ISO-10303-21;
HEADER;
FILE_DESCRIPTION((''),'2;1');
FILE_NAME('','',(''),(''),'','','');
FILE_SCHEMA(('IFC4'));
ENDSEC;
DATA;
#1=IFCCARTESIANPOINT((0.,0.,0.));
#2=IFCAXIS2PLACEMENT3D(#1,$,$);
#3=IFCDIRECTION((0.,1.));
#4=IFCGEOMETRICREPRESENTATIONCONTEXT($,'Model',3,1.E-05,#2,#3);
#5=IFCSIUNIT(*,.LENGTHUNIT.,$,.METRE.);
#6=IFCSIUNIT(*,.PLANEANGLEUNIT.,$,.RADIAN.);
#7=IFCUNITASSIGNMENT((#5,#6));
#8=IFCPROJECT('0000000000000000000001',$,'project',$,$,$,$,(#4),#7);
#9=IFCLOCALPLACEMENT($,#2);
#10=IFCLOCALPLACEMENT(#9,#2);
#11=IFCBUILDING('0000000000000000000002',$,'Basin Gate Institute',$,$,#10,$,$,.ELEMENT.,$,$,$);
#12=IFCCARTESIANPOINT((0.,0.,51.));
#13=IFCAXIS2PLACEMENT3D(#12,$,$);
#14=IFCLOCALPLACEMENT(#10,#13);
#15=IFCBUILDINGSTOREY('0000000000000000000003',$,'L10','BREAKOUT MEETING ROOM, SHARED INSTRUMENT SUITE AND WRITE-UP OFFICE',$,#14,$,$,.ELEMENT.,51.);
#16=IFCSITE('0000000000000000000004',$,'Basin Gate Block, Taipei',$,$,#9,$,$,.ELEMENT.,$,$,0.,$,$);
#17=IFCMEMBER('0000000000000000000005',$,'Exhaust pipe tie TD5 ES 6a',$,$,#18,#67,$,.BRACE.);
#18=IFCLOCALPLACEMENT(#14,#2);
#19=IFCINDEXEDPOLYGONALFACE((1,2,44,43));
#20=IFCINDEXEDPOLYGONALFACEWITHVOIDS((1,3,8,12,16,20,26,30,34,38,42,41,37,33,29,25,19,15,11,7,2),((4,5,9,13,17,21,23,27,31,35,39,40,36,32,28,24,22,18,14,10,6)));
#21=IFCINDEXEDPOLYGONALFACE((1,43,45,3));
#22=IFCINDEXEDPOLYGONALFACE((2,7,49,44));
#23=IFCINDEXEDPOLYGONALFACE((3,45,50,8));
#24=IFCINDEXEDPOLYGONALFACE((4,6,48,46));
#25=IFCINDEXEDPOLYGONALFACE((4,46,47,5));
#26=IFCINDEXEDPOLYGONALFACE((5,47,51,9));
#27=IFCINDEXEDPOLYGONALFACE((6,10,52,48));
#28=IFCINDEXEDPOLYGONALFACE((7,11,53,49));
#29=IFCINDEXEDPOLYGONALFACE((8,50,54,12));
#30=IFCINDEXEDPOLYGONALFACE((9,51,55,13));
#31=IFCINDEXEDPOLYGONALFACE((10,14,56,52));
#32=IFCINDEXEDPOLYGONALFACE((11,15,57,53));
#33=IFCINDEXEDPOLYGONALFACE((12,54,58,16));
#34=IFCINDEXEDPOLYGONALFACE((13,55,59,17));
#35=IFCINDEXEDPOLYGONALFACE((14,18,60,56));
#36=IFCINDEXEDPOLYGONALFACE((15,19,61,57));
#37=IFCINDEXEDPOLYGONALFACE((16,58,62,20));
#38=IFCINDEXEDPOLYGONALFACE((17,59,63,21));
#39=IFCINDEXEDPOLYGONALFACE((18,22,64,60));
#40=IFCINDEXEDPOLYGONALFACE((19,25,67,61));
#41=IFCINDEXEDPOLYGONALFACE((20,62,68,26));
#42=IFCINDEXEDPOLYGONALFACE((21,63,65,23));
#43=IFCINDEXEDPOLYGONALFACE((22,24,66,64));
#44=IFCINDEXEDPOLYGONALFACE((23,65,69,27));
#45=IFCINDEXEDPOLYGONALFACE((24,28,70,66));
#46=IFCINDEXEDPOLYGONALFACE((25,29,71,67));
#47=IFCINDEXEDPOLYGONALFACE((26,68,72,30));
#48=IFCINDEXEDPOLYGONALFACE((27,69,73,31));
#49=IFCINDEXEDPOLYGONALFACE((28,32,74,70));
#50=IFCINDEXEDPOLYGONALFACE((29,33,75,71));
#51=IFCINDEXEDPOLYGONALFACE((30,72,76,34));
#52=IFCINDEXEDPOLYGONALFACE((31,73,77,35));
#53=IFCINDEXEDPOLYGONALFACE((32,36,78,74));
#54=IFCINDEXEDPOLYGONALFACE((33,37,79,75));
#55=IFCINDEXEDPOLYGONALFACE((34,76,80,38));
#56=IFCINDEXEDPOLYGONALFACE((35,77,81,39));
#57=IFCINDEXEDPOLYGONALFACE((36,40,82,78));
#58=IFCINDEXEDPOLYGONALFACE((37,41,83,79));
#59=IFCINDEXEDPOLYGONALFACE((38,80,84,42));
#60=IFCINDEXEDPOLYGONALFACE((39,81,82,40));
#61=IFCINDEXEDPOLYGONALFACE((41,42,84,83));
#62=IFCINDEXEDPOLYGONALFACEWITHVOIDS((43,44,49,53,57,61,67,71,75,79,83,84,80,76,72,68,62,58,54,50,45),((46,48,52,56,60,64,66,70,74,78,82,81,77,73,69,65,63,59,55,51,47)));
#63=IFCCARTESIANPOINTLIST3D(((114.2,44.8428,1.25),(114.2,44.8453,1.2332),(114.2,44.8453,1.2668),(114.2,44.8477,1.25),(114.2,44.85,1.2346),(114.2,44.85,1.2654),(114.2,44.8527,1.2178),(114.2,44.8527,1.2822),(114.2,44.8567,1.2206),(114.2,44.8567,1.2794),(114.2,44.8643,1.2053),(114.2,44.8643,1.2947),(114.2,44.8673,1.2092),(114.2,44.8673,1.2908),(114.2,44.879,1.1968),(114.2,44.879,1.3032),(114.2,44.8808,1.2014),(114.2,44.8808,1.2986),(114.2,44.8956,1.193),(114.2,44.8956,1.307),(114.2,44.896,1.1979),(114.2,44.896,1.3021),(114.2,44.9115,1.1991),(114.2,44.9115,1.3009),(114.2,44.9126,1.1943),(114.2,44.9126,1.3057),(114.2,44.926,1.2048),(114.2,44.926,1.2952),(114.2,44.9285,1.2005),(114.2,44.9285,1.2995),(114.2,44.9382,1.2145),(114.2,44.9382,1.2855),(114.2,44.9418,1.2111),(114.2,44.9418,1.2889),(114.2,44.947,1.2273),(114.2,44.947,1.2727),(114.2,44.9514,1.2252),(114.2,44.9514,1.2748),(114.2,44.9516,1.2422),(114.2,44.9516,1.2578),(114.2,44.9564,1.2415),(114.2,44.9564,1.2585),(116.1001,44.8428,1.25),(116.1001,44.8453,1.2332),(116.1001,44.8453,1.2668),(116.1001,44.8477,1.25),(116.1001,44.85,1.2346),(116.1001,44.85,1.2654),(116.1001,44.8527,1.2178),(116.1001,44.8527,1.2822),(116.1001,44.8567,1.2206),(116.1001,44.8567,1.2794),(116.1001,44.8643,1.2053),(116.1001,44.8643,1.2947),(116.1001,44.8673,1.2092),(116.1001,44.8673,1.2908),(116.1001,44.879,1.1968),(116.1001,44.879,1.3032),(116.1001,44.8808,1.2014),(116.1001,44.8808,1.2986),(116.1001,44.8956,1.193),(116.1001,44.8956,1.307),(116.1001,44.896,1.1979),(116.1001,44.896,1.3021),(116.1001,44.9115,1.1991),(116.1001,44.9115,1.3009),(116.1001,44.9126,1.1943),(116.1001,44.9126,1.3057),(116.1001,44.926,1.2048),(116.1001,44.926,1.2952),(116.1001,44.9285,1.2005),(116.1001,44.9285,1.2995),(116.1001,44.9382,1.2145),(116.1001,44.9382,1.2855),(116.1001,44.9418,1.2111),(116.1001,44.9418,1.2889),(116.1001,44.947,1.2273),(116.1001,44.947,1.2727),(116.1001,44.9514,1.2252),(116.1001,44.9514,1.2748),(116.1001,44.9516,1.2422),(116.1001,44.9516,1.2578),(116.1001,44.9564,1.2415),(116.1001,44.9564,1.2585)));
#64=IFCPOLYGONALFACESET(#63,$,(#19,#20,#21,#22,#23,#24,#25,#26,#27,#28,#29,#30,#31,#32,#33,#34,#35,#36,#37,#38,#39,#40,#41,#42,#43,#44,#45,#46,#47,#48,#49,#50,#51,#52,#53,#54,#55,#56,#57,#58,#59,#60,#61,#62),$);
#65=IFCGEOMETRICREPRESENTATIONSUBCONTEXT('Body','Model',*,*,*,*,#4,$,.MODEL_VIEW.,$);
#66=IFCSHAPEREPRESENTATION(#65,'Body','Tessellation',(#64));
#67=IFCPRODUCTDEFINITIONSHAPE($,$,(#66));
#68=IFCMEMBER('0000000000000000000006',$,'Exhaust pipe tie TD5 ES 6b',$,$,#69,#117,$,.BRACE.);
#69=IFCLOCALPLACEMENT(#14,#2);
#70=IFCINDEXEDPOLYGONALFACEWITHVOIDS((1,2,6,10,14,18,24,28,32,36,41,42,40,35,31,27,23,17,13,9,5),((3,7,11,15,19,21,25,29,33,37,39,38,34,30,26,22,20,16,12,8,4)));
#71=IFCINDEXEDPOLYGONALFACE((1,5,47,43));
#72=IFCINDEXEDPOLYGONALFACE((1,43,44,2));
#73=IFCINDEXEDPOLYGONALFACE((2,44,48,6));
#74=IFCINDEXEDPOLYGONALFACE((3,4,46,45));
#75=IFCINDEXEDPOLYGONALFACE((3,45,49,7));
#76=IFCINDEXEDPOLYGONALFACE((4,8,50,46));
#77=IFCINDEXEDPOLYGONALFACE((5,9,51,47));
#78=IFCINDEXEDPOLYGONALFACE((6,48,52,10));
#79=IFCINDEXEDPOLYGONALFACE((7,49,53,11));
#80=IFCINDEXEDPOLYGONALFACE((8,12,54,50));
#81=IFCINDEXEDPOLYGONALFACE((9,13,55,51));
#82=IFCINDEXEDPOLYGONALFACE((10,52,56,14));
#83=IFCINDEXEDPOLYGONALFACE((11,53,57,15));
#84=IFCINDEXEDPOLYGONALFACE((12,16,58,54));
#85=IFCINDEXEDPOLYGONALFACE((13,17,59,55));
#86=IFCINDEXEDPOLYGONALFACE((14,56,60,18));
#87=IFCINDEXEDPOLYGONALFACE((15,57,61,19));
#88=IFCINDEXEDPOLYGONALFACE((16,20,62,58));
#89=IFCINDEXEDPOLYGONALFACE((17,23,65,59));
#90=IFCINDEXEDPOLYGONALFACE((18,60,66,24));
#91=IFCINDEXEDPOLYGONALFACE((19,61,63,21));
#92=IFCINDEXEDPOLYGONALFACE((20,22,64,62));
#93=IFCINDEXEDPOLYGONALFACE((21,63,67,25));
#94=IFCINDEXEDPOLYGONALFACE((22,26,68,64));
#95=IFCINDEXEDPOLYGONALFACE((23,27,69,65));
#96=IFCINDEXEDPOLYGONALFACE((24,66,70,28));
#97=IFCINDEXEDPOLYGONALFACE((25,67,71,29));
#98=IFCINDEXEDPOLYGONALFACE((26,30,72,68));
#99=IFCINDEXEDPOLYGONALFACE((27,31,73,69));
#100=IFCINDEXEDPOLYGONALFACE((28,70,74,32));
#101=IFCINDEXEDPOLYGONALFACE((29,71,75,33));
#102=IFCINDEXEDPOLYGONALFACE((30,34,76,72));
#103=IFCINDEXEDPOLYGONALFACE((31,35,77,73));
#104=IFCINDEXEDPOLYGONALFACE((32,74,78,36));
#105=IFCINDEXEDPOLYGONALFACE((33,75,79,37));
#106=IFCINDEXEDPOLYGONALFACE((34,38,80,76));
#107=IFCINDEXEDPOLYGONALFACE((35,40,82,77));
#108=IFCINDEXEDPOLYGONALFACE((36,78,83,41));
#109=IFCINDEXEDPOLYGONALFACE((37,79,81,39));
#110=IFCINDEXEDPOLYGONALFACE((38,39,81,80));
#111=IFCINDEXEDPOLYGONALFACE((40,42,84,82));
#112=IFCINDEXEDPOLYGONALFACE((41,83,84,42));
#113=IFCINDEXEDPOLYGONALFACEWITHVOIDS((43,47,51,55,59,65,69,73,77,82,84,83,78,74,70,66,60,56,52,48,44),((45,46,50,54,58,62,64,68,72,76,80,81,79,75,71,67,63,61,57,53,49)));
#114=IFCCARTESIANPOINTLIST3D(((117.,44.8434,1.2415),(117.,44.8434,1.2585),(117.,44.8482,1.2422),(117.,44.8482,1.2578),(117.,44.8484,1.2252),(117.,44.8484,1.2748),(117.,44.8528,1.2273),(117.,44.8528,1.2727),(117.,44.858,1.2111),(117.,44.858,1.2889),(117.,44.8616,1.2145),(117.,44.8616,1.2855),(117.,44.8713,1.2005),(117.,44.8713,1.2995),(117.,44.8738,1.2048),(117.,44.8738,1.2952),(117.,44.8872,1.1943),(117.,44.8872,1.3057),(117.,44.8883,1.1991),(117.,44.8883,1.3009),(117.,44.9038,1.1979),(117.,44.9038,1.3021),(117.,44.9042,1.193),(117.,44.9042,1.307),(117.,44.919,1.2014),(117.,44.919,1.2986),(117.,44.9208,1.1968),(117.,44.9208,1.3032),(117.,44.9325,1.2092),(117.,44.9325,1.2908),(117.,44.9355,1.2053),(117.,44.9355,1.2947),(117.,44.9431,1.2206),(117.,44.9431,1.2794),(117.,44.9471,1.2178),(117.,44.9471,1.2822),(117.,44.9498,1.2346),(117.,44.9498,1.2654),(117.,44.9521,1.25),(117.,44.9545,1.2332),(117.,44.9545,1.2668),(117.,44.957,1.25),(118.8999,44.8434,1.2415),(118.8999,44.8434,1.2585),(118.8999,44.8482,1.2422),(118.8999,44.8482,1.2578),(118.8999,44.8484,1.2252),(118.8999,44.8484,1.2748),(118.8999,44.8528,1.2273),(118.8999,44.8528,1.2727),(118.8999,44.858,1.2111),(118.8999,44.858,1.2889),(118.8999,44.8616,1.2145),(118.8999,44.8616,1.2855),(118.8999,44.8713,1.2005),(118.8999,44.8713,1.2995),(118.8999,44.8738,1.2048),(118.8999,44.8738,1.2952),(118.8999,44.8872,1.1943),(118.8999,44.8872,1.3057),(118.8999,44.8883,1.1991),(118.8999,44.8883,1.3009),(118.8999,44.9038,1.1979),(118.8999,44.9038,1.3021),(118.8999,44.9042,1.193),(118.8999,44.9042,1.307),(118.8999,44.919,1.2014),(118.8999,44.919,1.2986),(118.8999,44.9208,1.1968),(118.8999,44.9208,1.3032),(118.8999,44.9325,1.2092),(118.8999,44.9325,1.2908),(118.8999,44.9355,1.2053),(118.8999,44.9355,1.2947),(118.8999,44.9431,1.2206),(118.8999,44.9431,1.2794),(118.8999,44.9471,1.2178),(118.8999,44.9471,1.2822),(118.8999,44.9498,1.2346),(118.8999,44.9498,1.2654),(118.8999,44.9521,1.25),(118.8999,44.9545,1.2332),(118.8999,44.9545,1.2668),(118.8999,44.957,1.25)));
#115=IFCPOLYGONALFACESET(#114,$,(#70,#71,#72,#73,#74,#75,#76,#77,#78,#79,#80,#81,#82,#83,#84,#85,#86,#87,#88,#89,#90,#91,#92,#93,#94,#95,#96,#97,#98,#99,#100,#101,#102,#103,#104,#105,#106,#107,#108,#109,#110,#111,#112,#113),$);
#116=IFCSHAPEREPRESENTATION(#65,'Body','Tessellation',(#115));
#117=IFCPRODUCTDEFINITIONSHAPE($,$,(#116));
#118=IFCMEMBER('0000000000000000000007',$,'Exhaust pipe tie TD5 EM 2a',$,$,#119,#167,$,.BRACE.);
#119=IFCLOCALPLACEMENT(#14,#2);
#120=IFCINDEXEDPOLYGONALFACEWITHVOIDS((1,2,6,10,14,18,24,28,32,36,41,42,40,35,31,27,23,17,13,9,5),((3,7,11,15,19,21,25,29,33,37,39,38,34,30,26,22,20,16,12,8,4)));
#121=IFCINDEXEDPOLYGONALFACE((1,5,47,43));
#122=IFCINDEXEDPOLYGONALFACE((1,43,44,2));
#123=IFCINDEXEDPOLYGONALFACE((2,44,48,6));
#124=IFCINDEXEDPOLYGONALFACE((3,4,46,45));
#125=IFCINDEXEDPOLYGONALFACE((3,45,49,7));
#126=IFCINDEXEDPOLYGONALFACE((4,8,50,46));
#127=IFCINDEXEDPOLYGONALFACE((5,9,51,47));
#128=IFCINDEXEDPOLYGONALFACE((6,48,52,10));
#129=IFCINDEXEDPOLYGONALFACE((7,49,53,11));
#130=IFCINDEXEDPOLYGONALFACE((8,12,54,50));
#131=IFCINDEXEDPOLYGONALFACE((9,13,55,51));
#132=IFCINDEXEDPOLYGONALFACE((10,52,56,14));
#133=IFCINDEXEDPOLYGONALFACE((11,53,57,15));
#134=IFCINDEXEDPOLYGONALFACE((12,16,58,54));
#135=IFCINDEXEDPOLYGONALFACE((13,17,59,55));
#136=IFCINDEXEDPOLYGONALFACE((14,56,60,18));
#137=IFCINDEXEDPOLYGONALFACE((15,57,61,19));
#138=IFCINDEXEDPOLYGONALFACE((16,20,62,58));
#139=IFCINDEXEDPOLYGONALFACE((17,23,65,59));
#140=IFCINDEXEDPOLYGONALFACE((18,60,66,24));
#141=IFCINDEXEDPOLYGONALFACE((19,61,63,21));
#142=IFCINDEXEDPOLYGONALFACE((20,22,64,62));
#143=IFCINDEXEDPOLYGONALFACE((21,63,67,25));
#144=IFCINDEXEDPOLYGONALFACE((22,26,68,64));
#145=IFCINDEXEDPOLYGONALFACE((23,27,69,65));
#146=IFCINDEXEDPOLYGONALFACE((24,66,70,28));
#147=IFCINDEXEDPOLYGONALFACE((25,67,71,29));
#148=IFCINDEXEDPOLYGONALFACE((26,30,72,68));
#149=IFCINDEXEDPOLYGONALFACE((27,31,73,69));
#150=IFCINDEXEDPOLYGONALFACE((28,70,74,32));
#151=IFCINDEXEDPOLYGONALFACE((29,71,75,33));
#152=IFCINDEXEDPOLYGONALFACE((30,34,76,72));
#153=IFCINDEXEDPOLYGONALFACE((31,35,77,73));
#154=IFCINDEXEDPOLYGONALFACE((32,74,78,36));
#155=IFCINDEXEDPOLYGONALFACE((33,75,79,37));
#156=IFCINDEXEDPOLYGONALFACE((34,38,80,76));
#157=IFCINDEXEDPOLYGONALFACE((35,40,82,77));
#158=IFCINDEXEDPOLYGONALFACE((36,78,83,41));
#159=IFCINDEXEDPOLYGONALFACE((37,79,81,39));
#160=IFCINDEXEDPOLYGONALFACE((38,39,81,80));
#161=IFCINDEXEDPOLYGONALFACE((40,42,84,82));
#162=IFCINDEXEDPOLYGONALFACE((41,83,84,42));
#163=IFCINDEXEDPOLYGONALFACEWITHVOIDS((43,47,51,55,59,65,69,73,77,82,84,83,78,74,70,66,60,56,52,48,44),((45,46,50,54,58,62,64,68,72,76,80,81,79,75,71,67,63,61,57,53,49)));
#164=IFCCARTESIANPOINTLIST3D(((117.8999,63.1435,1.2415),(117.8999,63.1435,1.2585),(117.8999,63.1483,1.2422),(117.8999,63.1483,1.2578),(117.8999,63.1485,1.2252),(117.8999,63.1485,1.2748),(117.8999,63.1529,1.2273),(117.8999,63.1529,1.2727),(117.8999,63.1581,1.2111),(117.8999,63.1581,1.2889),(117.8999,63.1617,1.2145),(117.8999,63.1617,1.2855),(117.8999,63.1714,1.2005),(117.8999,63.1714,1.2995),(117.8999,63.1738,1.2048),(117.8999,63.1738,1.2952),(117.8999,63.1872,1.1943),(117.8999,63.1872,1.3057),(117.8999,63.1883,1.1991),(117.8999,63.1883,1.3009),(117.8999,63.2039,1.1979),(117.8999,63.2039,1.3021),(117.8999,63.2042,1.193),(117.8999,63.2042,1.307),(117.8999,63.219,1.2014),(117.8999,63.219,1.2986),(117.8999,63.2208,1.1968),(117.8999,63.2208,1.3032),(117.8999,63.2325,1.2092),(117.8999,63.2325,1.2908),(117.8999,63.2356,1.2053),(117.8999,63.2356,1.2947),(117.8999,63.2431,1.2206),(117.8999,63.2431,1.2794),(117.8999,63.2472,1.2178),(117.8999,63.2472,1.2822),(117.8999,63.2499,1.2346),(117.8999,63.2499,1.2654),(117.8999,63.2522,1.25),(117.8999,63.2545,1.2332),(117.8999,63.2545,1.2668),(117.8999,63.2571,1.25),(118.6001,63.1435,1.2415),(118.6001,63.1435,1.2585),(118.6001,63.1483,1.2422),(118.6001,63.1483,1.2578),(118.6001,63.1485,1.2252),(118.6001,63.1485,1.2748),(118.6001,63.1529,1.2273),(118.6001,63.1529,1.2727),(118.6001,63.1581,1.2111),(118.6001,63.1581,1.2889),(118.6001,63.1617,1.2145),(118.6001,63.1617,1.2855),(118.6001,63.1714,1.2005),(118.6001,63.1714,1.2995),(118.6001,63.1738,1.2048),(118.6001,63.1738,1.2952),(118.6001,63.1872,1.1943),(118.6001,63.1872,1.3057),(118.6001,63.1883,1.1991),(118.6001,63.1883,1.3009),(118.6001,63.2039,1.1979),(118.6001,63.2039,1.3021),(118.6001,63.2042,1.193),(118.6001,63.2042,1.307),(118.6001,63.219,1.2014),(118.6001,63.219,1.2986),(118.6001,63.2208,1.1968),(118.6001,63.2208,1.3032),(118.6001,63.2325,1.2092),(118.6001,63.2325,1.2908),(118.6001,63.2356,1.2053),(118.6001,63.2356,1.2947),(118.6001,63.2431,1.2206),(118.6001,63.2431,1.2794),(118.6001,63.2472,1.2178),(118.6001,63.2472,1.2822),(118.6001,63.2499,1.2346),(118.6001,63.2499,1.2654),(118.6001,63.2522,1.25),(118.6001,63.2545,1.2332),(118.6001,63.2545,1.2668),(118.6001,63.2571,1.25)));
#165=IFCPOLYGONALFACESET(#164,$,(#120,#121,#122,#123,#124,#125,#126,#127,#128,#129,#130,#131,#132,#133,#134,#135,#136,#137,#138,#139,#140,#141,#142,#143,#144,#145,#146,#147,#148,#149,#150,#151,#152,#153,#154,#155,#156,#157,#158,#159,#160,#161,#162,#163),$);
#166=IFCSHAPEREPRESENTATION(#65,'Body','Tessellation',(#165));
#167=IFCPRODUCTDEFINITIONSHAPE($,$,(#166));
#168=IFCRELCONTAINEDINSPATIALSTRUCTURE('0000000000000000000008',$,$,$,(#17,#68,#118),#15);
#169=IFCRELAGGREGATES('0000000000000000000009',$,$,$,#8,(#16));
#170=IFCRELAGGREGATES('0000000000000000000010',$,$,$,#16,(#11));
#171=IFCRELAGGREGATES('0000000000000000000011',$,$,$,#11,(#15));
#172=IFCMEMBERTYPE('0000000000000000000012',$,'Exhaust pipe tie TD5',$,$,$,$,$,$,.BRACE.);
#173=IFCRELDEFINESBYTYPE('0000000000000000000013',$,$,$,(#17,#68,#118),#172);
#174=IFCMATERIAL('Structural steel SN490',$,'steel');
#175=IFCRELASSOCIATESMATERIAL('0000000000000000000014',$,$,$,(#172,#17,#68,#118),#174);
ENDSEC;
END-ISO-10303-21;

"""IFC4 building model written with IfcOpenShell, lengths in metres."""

from ifc_helpers import new_model, si_unit, direction, frame, origin, origin_2d, place, context, subcontext, project, spatial, hollow_circle, extrude, material, material_profile, profile_set, type_object, element, save


model = new_model("IFC4")

# Units and contexts
model_context = context("Model", 3, precision=1e-05, world=origin(), true_north=direction((0.0, 1.0)))
body_context = subcontext(model_context, "Body", "Model", "MODEL_VIEW")
ifc_project = project(units=[si_unit("LENGTHUNIT", "METRE"), si_unit("PLANEANGLEUNIT", "RADIAN")], contexts=[model_context])

# Site, building, storey
site_placement = place(None, origin())
site = spatial("IfcSite", under=ifc_project, at=site_placement, Name="Basin Gate Block, Taipei", CompositionType="ELEMENT", RefElevation=0.0)
building_placement = place(site_placement, origin())
building = spatial("IfcBuilding", under=site, at=building_placement, Name="Basin Gate Institute", CompositionType="ELEMENT")
storey_placement = place(building_placement, frame((0.0, 0.0, 51.0)))
storey = spatial("IfcBuildingStorey", under=building, at=storey_placement, Name="L10", Description="BREAKOUT MEETING ROOM, SHARED INSTRUMENT SUITE AND WRITE-UP OFFICE", CompositionType="ELEMENT", Elevation=51.0)

# Members
ifc_material_1 = material(Name="Structural steel SN490", Category="steel")
ifc_material_profile_1 = material_profile(ifc_material_1, hollow_circle(Radius=0.0571, WallThickness=0.0049, at=origin_2d()), Name="CHS114x5")
ifc_profile_set_1 = profile_set([ifc_material_profile_1], Name="Structural steel SN490")
member_type_1 = type_object("IfcMemberType", Name="Exhaust pipe tie TD5", PredefinedType="BRACE", material=ifc_profile_set_1)
member_1_placement = place(storey_placement, frame((116.1001, 44.8999, 1.25), z_axis=(-1.0, 0.0, 0.0), x_axis=(0.0, -1.0, 0.0)))
element("IfcMember", 1, at=member_1_placement, inside=storey, type_object=member_type_1, material=ifc_profile_set_1, Name="Exhaust pipe tie TD5 ES 6a", PredefinedType="BRACE", context=body_context, shape_type="SweptSolid", body=[
    extrude(hollow_circle(Radius=0.0571, WallThickness=0.0049, at=origin_2d()), origin(), (0.0, 0.0, 1.0), 1.9001),
])
member_2_placement = place(storey_placement, frame((117.0, 44.8999, 1.25), z_axis=(1.0, 0.0, 0.0), x_axis=(0.0, 1.0, 0.0)))
element("IfcMember", 2, at=member_2_placement, inside=storey, type_object=member_type_1, material=ifc_profile_set_1, Name="Exhaust pipe tie TD5 ES 6b", PredefinedType="BRACE", context=body_context, shape_type="SweptSolid", body=[
    extrude(hollow_circle(Radius=0.0571, WallThickness=0.0049, at=origin_2d()), origin(), (0.0, 0.0, 1.0), 1.8999),
])
member_3_placement = place(storey_placement, frame((117.8999, 63.2, 1.25), z_axis=(1.0, 0.0, 0.0), x_axis=(0.0, 1.0, 0.0)))
element("IfcMember", 3, at=member_3_placement, inside=storey, type_object=member_type_1, material=ifc_profile_set_1, Name="Exhaust pipe tie TD5 EM 2a", PredefinedType="BRACE", context=body_context, shape_type="SweptSolid", body=[
    extrude(hollow_circle(Radius=0.0571, WallThickness=0.0049, at=origin_2d()), origin(), (0.0, 0.0, 1.0), 0.7002),
])

save(model, "model.ifc")
